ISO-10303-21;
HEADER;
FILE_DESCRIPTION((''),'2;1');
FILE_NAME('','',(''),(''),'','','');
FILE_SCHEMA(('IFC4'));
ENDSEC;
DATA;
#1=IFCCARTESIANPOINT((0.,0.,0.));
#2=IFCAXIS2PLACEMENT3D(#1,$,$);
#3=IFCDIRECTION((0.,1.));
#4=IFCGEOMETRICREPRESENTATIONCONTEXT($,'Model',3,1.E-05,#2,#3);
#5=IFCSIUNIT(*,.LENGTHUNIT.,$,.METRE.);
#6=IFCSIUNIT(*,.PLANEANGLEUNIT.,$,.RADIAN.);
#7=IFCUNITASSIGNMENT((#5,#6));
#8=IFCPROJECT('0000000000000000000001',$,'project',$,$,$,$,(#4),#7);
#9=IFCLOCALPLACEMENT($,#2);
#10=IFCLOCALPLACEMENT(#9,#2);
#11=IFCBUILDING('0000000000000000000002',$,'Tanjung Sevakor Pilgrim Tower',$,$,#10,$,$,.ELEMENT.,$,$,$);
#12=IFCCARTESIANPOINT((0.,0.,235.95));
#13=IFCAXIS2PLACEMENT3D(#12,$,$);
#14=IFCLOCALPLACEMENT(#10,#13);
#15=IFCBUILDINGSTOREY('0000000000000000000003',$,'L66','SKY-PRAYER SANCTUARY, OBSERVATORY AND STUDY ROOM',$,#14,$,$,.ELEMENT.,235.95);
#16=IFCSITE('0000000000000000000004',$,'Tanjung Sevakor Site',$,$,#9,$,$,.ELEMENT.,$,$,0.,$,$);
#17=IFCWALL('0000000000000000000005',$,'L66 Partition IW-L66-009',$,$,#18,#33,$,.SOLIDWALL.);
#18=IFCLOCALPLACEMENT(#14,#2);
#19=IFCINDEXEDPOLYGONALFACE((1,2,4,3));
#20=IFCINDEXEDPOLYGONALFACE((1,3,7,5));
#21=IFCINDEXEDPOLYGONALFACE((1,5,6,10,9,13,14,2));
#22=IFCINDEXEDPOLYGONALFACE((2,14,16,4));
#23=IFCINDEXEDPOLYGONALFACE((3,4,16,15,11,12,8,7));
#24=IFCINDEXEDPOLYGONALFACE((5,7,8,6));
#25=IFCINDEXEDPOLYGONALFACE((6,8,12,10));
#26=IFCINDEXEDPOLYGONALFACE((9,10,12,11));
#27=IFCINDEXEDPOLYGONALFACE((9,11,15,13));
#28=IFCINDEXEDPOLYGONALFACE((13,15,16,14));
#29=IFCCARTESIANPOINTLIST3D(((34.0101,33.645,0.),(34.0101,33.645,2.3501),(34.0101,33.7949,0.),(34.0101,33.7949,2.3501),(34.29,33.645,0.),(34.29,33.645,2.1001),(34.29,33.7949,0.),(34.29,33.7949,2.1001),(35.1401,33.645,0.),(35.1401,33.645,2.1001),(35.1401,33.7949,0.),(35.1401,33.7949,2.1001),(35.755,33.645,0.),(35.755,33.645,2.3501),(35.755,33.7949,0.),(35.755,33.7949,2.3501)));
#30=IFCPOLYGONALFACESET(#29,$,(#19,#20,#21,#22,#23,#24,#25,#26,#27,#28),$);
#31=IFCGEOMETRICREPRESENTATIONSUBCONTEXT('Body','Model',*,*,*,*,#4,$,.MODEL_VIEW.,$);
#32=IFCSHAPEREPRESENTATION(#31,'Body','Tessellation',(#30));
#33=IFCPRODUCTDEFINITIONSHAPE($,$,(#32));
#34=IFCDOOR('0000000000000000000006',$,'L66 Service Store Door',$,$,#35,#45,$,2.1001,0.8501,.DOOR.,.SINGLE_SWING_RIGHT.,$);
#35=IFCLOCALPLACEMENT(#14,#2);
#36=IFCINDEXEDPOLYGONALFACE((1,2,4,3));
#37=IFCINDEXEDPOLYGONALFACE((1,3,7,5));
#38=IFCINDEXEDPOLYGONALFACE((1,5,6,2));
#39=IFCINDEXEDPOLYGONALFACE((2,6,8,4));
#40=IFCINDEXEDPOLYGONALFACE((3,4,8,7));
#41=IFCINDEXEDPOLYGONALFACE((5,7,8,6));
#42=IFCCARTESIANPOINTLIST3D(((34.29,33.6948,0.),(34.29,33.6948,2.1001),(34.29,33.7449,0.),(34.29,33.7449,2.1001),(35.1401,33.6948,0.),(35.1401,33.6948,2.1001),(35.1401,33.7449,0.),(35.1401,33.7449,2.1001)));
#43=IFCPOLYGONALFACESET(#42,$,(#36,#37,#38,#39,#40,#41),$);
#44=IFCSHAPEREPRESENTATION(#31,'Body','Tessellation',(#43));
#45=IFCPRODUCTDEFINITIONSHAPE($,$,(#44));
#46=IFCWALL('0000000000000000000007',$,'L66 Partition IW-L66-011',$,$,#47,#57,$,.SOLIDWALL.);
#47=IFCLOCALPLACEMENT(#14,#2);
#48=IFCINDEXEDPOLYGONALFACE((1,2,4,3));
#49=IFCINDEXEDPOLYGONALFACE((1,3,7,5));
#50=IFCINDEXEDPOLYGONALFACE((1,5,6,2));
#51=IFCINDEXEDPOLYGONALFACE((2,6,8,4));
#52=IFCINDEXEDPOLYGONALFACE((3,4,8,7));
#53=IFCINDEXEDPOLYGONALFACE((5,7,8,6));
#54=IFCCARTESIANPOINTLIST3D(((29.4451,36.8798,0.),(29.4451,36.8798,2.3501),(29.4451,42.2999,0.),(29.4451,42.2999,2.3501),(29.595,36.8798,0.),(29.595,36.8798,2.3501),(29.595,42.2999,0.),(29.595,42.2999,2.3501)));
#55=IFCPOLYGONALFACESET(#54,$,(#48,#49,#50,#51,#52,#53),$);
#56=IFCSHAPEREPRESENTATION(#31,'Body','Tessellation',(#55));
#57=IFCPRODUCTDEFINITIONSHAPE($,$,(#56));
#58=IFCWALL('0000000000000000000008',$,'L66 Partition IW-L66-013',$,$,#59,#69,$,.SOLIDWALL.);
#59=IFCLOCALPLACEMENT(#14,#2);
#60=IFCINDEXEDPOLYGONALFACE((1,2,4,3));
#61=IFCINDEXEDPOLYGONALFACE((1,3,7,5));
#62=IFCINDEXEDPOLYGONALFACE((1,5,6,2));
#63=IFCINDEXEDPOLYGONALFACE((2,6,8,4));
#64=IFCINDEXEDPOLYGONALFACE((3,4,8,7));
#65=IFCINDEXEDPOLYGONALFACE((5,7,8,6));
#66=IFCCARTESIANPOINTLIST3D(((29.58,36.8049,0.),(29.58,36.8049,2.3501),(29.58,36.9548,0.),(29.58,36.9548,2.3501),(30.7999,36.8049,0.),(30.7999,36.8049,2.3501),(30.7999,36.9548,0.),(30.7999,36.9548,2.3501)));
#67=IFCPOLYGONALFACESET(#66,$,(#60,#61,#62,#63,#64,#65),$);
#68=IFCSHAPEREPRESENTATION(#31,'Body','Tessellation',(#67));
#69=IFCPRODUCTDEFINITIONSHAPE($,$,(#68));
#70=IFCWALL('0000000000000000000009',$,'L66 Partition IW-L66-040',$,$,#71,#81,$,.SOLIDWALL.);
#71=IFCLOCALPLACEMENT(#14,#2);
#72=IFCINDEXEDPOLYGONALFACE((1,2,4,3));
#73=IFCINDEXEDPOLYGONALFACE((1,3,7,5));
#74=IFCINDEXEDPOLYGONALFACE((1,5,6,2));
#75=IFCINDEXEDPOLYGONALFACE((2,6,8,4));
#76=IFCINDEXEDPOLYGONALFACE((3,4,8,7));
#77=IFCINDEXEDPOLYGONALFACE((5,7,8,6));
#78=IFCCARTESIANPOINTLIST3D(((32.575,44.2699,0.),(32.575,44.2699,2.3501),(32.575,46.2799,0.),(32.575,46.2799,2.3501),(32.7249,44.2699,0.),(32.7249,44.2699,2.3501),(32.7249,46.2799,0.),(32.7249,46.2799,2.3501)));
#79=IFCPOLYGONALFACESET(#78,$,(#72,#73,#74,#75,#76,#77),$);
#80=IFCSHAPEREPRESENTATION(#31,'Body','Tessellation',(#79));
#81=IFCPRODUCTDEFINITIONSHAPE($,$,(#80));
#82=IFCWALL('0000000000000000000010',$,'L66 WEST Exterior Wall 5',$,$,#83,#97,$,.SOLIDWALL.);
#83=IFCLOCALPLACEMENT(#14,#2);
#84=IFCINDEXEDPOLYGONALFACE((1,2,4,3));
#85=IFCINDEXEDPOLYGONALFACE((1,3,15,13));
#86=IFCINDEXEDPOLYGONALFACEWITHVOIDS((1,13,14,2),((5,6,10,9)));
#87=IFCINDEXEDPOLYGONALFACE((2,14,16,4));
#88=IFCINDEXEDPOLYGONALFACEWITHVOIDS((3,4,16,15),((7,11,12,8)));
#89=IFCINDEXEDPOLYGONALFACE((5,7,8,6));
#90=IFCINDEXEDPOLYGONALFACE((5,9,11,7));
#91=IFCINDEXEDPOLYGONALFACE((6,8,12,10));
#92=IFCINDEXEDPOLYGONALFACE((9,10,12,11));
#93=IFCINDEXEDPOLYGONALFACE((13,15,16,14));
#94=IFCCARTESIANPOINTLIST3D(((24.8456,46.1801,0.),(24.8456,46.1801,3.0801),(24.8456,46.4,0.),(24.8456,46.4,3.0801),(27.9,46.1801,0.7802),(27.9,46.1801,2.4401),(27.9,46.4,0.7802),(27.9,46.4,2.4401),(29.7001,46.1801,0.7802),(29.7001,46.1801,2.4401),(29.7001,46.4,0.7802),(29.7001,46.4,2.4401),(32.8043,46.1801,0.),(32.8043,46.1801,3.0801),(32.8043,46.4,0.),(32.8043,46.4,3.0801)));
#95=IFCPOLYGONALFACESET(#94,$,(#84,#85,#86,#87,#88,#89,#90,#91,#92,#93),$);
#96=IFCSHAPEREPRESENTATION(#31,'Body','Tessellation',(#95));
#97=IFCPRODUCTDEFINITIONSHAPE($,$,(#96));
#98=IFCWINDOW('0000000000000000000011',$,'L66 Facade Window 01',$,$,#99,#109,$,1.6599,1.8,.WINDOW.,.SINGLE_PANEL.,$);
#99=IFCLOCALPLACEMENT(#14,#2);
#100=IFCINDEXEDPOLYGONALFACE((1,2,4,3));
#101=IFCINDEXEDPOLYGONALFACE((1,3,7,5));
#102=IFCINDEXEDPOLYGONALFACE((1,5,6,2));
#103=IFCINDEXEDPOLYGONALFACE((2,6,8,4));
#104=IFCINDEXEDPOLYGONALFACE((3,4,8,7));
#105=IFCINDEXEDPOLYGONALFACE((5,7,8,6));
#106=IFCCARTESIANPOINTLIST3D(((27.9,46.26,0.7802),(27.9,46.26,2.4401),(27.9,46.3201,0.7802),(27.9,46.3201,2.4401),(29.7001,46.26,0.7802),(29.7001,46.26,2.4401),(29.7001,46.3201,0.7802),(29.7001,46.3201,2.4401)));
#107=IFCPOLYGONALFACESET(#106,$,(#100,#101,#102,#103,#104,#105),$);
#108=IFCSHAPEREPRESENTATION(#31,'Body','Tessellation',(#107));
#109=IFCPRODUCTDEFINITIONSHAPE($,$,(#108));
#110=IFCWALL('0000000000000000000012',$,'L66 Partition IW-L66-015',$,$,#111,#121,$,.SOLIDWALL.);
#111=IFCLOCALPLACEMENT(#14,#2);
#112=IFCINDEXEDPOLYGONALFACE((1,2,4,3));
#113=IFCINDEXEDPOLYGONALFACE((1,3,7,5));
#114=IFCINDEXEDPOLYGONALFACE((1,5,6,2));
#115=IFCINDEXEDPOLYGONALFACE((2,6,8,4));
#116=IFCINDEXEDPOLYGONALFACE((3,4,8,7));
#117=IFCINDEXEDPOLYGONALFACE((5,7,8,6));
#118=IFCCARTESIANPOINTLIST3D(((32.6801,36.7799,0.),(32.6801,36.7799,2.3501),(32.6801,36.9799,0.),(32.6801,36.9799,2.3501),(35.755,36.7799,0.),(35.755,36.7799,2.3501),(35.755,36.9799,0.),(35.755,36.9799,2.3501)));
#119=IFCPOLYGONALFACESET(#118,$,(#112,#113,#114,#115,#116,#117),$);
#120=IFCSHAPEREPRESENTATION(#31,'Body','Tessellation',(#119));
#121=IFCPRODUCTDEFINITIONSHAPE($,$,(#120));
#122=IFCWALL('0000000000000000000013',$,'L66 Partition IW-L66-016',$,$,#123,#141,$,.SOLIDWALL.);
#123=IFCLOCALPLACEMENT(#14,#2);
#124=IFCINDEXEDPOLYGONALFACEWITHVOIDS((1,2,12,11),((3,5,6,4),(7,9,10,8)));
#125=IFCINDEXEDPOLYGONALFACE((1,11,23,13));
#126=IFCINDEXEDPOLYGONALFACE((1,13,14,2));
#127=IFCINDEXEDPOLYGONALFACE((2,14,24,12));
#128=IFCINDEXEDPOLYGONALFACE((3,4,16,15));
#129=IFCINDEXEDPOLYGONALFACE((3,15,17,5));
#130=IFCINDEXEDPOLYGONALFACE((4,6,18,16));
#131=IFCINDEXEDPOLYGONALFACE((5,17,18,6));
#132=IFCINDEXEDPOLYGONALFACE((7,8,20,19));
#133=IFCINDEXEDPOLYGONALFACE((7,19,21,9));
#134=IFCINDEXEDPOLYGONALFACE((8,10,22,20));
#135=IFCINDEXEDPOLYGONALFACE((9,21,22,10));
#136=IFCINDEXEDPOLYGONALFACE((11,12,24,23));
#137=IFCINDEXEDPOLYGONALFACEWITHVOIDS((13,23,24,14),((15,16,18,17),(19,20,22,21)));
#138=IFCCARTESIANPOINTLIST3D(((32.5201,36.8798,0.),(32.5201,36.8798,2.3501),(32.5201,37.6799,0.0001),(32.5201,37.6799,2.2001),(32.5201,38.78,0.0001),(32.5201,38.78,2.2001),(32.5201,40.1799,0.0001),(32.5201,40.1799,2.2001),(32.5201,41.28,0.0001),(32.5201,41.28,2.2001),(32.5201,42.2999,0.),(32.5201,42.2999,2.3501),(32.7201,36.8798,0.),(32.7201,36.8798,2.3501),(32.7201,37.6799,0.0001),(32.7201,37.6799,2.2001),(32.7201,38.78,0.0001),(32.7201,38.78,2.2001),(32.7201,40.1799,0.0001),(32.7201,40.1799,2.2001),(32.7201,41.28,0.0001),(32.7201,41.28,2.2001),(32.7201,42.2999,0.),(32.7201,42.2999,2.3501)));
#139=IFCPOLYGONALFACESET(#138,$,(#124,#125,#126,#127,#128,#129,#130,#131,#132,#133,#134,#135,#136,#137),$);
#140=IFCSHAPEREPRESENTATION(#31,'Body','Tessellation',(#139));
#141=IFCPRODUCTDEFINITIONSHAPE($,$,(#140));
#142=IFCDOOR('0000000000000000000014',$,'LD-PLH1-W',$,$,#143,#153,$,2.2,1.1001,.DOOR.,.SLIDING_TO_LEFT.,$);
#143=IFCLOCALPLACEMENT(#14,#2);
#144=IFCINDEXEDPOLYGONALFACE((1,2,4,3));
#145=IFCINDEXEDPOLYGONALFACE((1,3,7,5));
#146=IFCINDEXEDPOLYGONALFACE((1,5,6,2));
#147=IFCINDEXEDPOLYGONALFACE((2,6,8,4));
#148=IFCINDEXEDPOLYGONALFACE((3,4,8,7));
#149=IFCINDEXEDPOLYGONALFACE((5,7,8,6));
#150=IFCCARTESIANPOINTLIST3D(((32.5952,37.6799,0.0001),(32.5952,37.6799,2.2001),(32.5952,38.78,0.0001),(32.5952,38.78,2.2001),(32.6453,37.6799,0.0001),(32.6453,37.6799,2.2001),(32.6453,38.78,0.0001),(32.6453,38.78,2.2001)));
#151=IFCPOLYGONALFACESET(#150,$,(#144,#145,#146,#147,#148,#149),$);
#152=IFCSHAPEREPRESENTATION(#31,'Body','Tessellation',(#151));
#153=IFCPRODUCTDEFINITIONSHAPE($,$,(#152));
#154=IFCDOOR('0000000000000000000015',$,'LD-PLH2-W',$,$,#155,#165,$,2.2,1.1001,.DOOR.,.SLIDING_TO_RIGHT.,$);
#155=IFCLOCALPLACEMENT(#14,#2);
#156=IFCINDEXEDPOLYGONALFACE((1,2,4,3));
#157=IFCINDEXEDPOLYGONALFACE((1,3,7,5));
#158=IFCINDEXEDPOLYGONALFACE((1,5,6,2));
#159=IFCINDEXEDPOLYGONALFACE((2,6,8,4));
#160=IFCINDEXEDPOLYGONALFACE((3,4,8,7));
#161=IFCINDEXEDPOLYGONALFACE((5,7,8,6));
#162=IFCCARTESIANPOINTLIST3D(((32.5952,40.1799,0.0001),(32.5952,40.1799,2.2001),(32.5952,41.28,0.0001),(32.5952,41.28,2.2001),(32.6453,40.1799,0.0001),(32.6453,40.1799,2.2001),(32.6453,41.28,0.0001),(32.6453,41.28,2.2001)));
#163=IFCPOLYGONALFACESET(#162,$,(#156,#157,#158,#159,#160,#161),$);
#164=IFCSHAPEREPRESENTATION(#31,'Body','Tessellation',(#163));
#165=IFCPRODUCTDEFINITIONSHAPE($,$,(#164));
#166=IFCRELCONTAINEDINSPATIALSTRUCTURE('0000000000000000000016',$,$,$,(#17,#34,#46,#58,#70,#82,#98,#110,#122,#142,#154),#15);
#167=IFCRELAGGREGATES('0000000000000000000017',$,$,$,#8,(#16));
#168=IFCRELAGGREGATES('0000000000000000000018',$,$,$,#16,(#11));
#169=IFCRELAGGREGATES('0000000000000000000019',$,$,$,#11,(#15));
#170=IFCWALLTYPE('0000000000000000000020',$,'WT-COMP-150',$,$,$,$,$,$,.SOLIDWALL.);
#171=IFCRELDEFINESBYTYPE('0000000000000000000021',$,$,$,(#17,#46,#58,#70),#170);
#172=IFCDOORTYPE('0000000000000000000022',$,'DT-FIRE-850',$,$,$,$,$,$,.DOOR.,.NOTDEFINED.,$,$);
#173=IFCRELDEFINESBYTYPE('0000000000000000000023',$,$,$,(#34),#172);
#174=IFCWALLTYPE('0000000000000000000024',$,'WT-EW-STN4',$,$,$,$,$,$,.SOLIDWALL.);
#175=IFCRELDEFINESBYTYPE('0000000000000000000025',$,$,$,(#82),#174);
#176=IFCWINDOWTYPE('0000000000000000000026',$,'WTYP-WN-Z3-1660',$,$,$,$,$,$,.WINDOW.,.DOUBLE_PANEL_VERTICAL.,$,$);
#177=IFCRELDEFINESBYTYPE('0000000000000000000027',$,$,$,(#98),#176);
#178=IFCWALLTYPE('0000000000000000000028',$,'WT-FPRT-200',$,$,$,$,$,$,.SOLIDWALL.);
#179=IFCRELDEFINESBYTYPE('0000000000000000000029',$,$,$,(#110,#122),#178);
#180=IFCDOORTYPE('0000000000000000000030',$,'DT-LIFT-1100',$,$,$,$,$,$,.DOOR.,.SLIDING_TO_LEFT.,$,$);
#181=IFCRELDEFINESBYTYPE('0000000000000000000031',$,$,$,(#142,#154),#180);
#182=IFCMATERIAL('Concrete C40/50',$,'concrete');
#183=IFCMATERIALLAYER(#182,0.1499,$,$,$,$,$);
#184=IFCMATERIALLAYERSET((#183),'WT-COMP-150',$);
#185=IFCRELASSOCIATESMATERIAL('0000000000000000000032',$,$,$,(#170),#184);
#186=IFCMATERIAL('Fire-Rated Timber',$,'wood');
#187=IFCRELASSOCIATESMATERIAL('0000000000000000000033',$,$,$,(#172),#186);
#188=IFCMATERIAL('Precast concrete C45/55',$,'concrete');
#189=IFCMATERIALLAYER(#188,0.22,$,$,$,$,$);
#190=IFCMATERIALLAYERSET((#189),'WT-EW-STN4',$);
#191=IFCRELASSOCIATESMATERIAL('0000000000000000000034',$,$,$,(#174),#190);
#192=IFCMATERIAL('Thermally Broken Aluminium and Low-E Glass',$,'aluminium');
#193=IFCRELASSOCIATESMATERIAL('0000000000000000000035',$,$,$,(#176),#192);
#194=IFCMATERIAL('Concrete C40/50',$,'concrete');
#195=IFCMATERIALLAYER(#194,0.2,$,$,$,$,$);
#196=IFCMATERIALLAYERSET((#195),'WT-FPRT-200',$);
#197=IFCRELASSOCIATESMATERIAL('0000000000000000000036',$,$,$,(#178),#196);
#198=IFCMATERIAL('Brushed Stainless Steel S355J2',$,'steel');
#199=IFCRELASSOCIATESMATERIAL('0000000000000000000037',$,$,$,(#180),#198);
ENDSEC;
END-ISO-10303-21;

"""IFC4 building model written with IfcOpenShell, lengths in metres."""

from ifc_helpers import new_model, si_unit, direction, frame, frame_2d, origin, place, context, subcontext, project, spatial, rectangle, extrude, material, layer, layer_set, type_object, element, fill, save


model = new_model("IFC4")

# Units and contexts
model_context = context("Model", 3, precision=1e-05, world=origin(), true_north=direction((0.0, 1.0)))
body_context = subcontext(model_context, "Body", "Model", "MODEL_VIEW")
ifc_project = project(units=[si_unit("LENGTHUNIT", "METRE"), si_unit("PLANEANGLEUNIT", "RADIAN")], contexts=[model_context])

# Site, building, storey
site_placement = place(None, origin())
site = spatial("IfcSite", under=ifc_project, at=site_placement, Name="Tanjung Sevakor Site", CompositionType="ELEMENT", RefElevation=0.0)
building_placement = place(site_placement, origin())
building = spatial("IfcBuilding", under=site, at=building_placement, Name="Tanjung Sevakor Pilgrim Tower", CompositionType="ELEMENT")
storey_placement = place(building_placement, frame((0.0, 0.0, 235.95)))
storey = spatial("IfcBuildingStorey", under=building, at=storey_placement, Name="L66", Description="SKY-PRAYER SANCTUARY, OBSERVATORY AND STUDY ROOM", CompositionType="ELEMENT", Elevation=235.95)

# Wall, opening, door
ifc_material_1 = material(Name="Concrete C40/50", Category="concrete")
ifc_layer_1 = layer(ifc_material_1, 0.1499)
ifc_layer_set_1 = layer_set([ifc_layer_1], Name="WT-COMP-150")
wall_type_1 = type_object("IfcWallType", Name="WT-COMP-150", PredefinedType="SOLIDWALL", material=ifc_layer_set_1)
wall_1_placement = place(storey_placement, frame((34.01, 33.72, 0.0), z_axis=(0.0, 0.0, 1.0), x_axis=(1.0, 0.0, 0.0)))
wall_1 = element("IfcWall", 1, at=wall_1_placement, inside=storey, type_object=wall_type_1, Name="L66 Partition IW-L66-009", PredefinedType="SOLIDWALL", context=body_context, shape_type="SweptSolid", body=[
    extrude(rectangle(XDim=1.7449, YDim=0.1499, at=frame_2d((0.8726, 0.0))), origin(), (0.0, 0.0, 1.0), 2.3501),
])
opening_1_placement = place(wall_1_placement, frame((0.28, 0.0, 0.0)))
opening_1 = element("IfcOpeningElement", 2, at=opening_1_placement, cuts=wall_1, PredefinedType="OPENING", context=body_context, shape_type="SweptSolid", body=[
    extrude(rectangle(XDim=0.8501, YDim=2.1001, at=frame_2d((0.425, 1.05))), frame((0.0, 0.085, 0.0), z_axis=(0.0, -1.0, 0.0), x_axis=(1.0, 0.0, 0.0)), (0.0, 0.0, 1.0), 0.1699),
])
ifc_material_2 = material(Name="Fire-Rated Timber", Category="wood")
door_type_1 = type_object("IfcDoorType", Name="DT-FIRE-850", OperationType="NOTDEFINED", PredefinedType="DOOR", material=ifc_material_2)
door_1_placement = place(opening_1_placement, origin())
door_1 = element("IfcDoor", 3, at=door_1_placement, inside=storey, type_object=door_type_1, Name="L66 Service Store Door", OperationType="SINGLE_SWING_RIGHT", OverallHeight=2.1001, OverallWidth=0.8501, PredefinedType="DOOR", context=body_context, shape_type="SweptSolid", body=[
    extrude(rectangle(XDim=0.8501, YDim=2.1001, at=frame_2d((0.425, 1.05))), frame((0.0, 0.0249, 0.0), z_axis=(0.0, -1.0, 0.0), x_axis=(1.0, 0.0, 0.0)), (0.0, 0.0, 1.0), 0.05),
])
fill(opening_1, door_1)

# Walls
wall_2_placement = place(storey_placement, frame((29.52, 36.8799, 0.0), z_axis=(0.0, 0.0, 1.0), x_axis=(0.0, 1.0, 0.0)))
element("IfcWall", 4, at=wall_2_placement, inside=storey, type_object=wall_type_1, Name="L66 Partition IW-L66-011", PredefinedType="SOLIDWALL", context=body_context, shape_type="SweptSolid", body=[
    extrude(rectangle(XDim=5.4202, YDim=0.1499, at=frame_2d((2.71, 0.0))), origin(), (0.0, 0.0, 1.0), 2.3501),
])
wall_3_placement = place(storey_placement, frame((29.5801, 36.8799, 0.0), z_axis=(0.0, 0.0, 1.0), x_axis=(1.0, 0.0, 0.0)))
element("IfcWall", 5, at=wall_3_placement, inside=storey, type_object=wall_type_1, Name="L66 Partition IW-L66-013", PredefinedType="SOLIDWALL", context=body_context, shape_type="SweptSolid", body=[
    extrude(rectangle(XDim=1.22, YDim=0.1499, at=frame_2d((0.6099, 0.0))), origin(), (0.0, 0.0, 1.0), 2.3501),
])

# Wall
wall_4_placement = place(storey_placement, frame((32.6499, 44.27, 0.0), z_axis=(0.0, 0.0, 1.0), x_axis=(0.0, 1.0, 0.0)))
element("IfcWall", 6, at=wall_4_placement, inside=storey, type_object=wall_type_1, Name="L66 Partition IW-L66-040", PredefinedType="SOLIDWALL", context=body_context, shape_type="SweptSolid", body=[
    extrude(rectangle(XDim=2.01, YDim=0.1499, at=frame_2d((1.0049, 0.0))), origin(), (0.0, 0.0, 1.0), 2.3501),
])

# Wall, opening, window
ifc_material_3 = material(Name="Precast concrete C45/55", Category="concrete")
ifc_layer_2 = layer(ifc_material_3, 0.22)
ifc_layer_set_2 = layer_set([ifc_layer_2], Name="WT-EW-STN4")
wall_type_2 = type_object("IfcWallType", Name="WT-EW-STN4", PredefinedType="SOLIDWALL", material=ifc_layer_set_2)
wall_5_placement = place(storey_placement, frame((32.8044, 46.29, 0.0), z_axis=(0.0, 0.0, 1.0), x_axis=(-1.0, 0.0, 0.0)))
wall_5 = element("IfcWall", 7, at=wall_5_placement, inside=storey, type_object=wall_type_2, Name="L66 WEST Exterior Wall 5", PredefinedType="SOLIDWALL", context=body_context, shape_type="SweptSolid", body=[
    extrude(rectangle(XDim=7.9587, YDim=0.22, at=frame_2d((3.9795, 0.0))), origin(), (0.0, 0.0, 1.0), 3.0801),
])
opening_2_placement = place(wall_5_placement, frame((3.1045, 0.0, 0.78)))
opening_2 = element("IfcOpeningElement", 8, at=opening_2_placement, cuts=wall_5, PredefinedType="OPENING", context=body_context, shape_type="SweptSolid", body=[
    extrude(rectangle(XDim=1.8, YDim=1.6599, at=frame_2d((0.8999, 0.8301))), frame((0.0, 0.1199, 0.0), z_axis=(0.0, -1.0, 0.0), x_axis=(1.0, 0.0, 0.0)), (0.0, 0.0, 1.0), 0.24),
])
ifc_material_4 = material(Name="Thermally Broken Aluminium and Low-E Glass", Category="aluminium")
window_type = type_object("IfcWindowType", Name="WTYP-WN-Z3-1660", PartitioningType="DOUBLE_PANEL_VERTICAL", PredefinedType="WINDOW", material=ifc_material_4)
window_placement = place(opening_2_placement, origin())
window = element("IfcWindow", 9, at=window_placement, inside=storey, type_object=window_type, Name="L66 Facade Window 01", OverallHeight=1.6599, OverallWidth=1.8, PartitioningType="SINGLE_PANEL", PredefinedType="WINDOW", context=body_context, shape_type="SweptSolid", body=[
    extrude(rectangle(XDim=1.8, YDim=1.6599, at=frame_2d((0.8999, 0.8301))), frame((0.0, 0.03, 0.0), z_axis=(0.0, -1.0, 0.0), x_axis=(1.0, 0.0, 0.0)), (0.0, 0.0, 1.0), 0.0601),
])
fill(opening_2, window)

# Wall
ifc_material_5 = material(Name="Concrete C40/50", Category="concrete")
ifc_layer_3 = layer(ifc_material_5, 0.2)
ifc_layer_set_3 = layer_set([ifc_layer_3], Name="WT-FPRT-200")
wall_type_3 = type_object("IfcWallType", Name="WT-FPRT-200", PredefinedType="SOLIDWALL", material=ifc_layer_set_3)
wall_6_placement = place(storey_placement, frame((32.6799, 36.8799, 0.0), z_axis=(0.0, 0.0, 1.0), x_axis=(1.0, 0.0, 0.0)))
element("IfcWall", 10, at=wall_6_placement, inside=storey, type_object=wall_type_3, Name="L66 Partition IW-L66-015", PredefinedType="SOLIDWALL", context=body_context, shape_type="SweptSolid", body=[
    extrude(rectangle(XDim=3.075, YDim=0.2, at=frame_2d((1.5376, 0.0))), origin(), (0.0, 0.0, 1.0), 2.3501),
])

# Wall, openings, doors
wall_7_placement = place(storey_placement, frame((32.6201, 36.8799, 0.0), z_axis=(0.0, 0.0, 1.0), x_axis=(0.0, 1.0, 0.0)))
wall_7 = element("IfcWall", 11, at=wall_7_placement, inside=storey, type_object=wall_type_3, Name="L66 Partition IW-L66-016", PredefinedType="SOLIDWALL", context=body_context, shape_type="SweptSolid", body=[
    extrude(rectangle(XDim=5.4202, YDim=0.2, at=frame_2d((2.71, 0.0))), origin(), (0.0, 0.0, 1.0), 2.3501),
])
opening_3_placement = place(wall_7_placement, frame((0.8, 0.0, 0.0)))
opening_3 = element("IfcOpeningElement", 12, at=opening_3_placement, cuts=wall_7, PredefinedType="OPENING", context=body_context, shape_type="SweptSolid", body=[
    extrude(rectangle(XDim=1.1001, YDim=2.2, at=frame_2d((0.55, 1.1001))), frame((0.0, 0.1099, 0.0), z_axis=(0.0, -1.0, 0.0), x_axis=(1.0, 0.0, 0.0)), (0.0, 0.0, 1.0), 0.22),
])
opening_4_placement = place(wall_7_placement, frame((3.3, 0.0, 0.0)))
opening_4 = element("IfcOpeningElement", 13, at=opening_4_placement, cuts=wall_7, PredefinedType="OPENING", context=body_context, shape_type="SweptSolid", body=[
    extrude(rectangle(XDim=1.1001, YDim=2.2, at=frame_2d((0.55, 1.1001))), frame((0.0, 0.1099, 0.0), z_axis=(0.0, -1.0, 0.0), x_axis=(1.0, 0.0, 0.0)), (0.0, 0.0, 1.0), 0.22),
])
ifc_material_6 = material(Name="Brushed Stainless Steel S355J2", Category="steel")
door_type_2 = type_object("IfcDoorType", Name="DT-LIFT-1100", OperationType="SLIDING_TO_LEFT", PredefinedType="DOOR", material=ifc_material_6)
door_2_placement = place(opening_3_placement, origin())
door_2 = element("IfcDoor", 14, at=door_2_placement, inside=storey, type_object=door_type_2, Name="LD-PLH1-W", OperationType="SLIDING_TO_LEFT", OverallHeight=2.2, OverallWidth=1.1001, PredefinedType="DOOR", context=body_context, shape_type="SweptSolid", body=[
    extrude(rectangle(XDim=1.1001, YDim=2.2, at=frame_2d((0.55, 1.1001))), frame((0.0, 0.0249, 0.0), z_axis=(0.0, -1.0, 0.0), x_axis=(1.0, 0.0, 0.0)), (0.0, 0.0, 1.0), 0.05),
])
fill(opening_3, door_2)
door_3_placement = place(opening_4_placement, origin())
door_3 = element("IfcDoor", 15, at=door_3_placement, inside=storey, type_object=door_type_2, Name="LD-PLH2-W", OperationType="SLIDING_TO_RIGHT", OverallHeight=2.2, OverallWidth=1.1001, PredefinedType="DOOR", context=body_context, shape_type="SweptSolid", body=[
    extrude(rectangle(XDim=1.1001, YDim=2.2, at=frame_2d((0.55, 1.1001))), frame((0.0, 0.0249, 0.0), z_axis=(0.0, -1.0, 0.0), x_axis=(1.0, 0.0, 0.0)), (0.0, 0.0, 1.0), 0.05),
])
fill(opening_4, door_3)

save(model, "model.ifc")
